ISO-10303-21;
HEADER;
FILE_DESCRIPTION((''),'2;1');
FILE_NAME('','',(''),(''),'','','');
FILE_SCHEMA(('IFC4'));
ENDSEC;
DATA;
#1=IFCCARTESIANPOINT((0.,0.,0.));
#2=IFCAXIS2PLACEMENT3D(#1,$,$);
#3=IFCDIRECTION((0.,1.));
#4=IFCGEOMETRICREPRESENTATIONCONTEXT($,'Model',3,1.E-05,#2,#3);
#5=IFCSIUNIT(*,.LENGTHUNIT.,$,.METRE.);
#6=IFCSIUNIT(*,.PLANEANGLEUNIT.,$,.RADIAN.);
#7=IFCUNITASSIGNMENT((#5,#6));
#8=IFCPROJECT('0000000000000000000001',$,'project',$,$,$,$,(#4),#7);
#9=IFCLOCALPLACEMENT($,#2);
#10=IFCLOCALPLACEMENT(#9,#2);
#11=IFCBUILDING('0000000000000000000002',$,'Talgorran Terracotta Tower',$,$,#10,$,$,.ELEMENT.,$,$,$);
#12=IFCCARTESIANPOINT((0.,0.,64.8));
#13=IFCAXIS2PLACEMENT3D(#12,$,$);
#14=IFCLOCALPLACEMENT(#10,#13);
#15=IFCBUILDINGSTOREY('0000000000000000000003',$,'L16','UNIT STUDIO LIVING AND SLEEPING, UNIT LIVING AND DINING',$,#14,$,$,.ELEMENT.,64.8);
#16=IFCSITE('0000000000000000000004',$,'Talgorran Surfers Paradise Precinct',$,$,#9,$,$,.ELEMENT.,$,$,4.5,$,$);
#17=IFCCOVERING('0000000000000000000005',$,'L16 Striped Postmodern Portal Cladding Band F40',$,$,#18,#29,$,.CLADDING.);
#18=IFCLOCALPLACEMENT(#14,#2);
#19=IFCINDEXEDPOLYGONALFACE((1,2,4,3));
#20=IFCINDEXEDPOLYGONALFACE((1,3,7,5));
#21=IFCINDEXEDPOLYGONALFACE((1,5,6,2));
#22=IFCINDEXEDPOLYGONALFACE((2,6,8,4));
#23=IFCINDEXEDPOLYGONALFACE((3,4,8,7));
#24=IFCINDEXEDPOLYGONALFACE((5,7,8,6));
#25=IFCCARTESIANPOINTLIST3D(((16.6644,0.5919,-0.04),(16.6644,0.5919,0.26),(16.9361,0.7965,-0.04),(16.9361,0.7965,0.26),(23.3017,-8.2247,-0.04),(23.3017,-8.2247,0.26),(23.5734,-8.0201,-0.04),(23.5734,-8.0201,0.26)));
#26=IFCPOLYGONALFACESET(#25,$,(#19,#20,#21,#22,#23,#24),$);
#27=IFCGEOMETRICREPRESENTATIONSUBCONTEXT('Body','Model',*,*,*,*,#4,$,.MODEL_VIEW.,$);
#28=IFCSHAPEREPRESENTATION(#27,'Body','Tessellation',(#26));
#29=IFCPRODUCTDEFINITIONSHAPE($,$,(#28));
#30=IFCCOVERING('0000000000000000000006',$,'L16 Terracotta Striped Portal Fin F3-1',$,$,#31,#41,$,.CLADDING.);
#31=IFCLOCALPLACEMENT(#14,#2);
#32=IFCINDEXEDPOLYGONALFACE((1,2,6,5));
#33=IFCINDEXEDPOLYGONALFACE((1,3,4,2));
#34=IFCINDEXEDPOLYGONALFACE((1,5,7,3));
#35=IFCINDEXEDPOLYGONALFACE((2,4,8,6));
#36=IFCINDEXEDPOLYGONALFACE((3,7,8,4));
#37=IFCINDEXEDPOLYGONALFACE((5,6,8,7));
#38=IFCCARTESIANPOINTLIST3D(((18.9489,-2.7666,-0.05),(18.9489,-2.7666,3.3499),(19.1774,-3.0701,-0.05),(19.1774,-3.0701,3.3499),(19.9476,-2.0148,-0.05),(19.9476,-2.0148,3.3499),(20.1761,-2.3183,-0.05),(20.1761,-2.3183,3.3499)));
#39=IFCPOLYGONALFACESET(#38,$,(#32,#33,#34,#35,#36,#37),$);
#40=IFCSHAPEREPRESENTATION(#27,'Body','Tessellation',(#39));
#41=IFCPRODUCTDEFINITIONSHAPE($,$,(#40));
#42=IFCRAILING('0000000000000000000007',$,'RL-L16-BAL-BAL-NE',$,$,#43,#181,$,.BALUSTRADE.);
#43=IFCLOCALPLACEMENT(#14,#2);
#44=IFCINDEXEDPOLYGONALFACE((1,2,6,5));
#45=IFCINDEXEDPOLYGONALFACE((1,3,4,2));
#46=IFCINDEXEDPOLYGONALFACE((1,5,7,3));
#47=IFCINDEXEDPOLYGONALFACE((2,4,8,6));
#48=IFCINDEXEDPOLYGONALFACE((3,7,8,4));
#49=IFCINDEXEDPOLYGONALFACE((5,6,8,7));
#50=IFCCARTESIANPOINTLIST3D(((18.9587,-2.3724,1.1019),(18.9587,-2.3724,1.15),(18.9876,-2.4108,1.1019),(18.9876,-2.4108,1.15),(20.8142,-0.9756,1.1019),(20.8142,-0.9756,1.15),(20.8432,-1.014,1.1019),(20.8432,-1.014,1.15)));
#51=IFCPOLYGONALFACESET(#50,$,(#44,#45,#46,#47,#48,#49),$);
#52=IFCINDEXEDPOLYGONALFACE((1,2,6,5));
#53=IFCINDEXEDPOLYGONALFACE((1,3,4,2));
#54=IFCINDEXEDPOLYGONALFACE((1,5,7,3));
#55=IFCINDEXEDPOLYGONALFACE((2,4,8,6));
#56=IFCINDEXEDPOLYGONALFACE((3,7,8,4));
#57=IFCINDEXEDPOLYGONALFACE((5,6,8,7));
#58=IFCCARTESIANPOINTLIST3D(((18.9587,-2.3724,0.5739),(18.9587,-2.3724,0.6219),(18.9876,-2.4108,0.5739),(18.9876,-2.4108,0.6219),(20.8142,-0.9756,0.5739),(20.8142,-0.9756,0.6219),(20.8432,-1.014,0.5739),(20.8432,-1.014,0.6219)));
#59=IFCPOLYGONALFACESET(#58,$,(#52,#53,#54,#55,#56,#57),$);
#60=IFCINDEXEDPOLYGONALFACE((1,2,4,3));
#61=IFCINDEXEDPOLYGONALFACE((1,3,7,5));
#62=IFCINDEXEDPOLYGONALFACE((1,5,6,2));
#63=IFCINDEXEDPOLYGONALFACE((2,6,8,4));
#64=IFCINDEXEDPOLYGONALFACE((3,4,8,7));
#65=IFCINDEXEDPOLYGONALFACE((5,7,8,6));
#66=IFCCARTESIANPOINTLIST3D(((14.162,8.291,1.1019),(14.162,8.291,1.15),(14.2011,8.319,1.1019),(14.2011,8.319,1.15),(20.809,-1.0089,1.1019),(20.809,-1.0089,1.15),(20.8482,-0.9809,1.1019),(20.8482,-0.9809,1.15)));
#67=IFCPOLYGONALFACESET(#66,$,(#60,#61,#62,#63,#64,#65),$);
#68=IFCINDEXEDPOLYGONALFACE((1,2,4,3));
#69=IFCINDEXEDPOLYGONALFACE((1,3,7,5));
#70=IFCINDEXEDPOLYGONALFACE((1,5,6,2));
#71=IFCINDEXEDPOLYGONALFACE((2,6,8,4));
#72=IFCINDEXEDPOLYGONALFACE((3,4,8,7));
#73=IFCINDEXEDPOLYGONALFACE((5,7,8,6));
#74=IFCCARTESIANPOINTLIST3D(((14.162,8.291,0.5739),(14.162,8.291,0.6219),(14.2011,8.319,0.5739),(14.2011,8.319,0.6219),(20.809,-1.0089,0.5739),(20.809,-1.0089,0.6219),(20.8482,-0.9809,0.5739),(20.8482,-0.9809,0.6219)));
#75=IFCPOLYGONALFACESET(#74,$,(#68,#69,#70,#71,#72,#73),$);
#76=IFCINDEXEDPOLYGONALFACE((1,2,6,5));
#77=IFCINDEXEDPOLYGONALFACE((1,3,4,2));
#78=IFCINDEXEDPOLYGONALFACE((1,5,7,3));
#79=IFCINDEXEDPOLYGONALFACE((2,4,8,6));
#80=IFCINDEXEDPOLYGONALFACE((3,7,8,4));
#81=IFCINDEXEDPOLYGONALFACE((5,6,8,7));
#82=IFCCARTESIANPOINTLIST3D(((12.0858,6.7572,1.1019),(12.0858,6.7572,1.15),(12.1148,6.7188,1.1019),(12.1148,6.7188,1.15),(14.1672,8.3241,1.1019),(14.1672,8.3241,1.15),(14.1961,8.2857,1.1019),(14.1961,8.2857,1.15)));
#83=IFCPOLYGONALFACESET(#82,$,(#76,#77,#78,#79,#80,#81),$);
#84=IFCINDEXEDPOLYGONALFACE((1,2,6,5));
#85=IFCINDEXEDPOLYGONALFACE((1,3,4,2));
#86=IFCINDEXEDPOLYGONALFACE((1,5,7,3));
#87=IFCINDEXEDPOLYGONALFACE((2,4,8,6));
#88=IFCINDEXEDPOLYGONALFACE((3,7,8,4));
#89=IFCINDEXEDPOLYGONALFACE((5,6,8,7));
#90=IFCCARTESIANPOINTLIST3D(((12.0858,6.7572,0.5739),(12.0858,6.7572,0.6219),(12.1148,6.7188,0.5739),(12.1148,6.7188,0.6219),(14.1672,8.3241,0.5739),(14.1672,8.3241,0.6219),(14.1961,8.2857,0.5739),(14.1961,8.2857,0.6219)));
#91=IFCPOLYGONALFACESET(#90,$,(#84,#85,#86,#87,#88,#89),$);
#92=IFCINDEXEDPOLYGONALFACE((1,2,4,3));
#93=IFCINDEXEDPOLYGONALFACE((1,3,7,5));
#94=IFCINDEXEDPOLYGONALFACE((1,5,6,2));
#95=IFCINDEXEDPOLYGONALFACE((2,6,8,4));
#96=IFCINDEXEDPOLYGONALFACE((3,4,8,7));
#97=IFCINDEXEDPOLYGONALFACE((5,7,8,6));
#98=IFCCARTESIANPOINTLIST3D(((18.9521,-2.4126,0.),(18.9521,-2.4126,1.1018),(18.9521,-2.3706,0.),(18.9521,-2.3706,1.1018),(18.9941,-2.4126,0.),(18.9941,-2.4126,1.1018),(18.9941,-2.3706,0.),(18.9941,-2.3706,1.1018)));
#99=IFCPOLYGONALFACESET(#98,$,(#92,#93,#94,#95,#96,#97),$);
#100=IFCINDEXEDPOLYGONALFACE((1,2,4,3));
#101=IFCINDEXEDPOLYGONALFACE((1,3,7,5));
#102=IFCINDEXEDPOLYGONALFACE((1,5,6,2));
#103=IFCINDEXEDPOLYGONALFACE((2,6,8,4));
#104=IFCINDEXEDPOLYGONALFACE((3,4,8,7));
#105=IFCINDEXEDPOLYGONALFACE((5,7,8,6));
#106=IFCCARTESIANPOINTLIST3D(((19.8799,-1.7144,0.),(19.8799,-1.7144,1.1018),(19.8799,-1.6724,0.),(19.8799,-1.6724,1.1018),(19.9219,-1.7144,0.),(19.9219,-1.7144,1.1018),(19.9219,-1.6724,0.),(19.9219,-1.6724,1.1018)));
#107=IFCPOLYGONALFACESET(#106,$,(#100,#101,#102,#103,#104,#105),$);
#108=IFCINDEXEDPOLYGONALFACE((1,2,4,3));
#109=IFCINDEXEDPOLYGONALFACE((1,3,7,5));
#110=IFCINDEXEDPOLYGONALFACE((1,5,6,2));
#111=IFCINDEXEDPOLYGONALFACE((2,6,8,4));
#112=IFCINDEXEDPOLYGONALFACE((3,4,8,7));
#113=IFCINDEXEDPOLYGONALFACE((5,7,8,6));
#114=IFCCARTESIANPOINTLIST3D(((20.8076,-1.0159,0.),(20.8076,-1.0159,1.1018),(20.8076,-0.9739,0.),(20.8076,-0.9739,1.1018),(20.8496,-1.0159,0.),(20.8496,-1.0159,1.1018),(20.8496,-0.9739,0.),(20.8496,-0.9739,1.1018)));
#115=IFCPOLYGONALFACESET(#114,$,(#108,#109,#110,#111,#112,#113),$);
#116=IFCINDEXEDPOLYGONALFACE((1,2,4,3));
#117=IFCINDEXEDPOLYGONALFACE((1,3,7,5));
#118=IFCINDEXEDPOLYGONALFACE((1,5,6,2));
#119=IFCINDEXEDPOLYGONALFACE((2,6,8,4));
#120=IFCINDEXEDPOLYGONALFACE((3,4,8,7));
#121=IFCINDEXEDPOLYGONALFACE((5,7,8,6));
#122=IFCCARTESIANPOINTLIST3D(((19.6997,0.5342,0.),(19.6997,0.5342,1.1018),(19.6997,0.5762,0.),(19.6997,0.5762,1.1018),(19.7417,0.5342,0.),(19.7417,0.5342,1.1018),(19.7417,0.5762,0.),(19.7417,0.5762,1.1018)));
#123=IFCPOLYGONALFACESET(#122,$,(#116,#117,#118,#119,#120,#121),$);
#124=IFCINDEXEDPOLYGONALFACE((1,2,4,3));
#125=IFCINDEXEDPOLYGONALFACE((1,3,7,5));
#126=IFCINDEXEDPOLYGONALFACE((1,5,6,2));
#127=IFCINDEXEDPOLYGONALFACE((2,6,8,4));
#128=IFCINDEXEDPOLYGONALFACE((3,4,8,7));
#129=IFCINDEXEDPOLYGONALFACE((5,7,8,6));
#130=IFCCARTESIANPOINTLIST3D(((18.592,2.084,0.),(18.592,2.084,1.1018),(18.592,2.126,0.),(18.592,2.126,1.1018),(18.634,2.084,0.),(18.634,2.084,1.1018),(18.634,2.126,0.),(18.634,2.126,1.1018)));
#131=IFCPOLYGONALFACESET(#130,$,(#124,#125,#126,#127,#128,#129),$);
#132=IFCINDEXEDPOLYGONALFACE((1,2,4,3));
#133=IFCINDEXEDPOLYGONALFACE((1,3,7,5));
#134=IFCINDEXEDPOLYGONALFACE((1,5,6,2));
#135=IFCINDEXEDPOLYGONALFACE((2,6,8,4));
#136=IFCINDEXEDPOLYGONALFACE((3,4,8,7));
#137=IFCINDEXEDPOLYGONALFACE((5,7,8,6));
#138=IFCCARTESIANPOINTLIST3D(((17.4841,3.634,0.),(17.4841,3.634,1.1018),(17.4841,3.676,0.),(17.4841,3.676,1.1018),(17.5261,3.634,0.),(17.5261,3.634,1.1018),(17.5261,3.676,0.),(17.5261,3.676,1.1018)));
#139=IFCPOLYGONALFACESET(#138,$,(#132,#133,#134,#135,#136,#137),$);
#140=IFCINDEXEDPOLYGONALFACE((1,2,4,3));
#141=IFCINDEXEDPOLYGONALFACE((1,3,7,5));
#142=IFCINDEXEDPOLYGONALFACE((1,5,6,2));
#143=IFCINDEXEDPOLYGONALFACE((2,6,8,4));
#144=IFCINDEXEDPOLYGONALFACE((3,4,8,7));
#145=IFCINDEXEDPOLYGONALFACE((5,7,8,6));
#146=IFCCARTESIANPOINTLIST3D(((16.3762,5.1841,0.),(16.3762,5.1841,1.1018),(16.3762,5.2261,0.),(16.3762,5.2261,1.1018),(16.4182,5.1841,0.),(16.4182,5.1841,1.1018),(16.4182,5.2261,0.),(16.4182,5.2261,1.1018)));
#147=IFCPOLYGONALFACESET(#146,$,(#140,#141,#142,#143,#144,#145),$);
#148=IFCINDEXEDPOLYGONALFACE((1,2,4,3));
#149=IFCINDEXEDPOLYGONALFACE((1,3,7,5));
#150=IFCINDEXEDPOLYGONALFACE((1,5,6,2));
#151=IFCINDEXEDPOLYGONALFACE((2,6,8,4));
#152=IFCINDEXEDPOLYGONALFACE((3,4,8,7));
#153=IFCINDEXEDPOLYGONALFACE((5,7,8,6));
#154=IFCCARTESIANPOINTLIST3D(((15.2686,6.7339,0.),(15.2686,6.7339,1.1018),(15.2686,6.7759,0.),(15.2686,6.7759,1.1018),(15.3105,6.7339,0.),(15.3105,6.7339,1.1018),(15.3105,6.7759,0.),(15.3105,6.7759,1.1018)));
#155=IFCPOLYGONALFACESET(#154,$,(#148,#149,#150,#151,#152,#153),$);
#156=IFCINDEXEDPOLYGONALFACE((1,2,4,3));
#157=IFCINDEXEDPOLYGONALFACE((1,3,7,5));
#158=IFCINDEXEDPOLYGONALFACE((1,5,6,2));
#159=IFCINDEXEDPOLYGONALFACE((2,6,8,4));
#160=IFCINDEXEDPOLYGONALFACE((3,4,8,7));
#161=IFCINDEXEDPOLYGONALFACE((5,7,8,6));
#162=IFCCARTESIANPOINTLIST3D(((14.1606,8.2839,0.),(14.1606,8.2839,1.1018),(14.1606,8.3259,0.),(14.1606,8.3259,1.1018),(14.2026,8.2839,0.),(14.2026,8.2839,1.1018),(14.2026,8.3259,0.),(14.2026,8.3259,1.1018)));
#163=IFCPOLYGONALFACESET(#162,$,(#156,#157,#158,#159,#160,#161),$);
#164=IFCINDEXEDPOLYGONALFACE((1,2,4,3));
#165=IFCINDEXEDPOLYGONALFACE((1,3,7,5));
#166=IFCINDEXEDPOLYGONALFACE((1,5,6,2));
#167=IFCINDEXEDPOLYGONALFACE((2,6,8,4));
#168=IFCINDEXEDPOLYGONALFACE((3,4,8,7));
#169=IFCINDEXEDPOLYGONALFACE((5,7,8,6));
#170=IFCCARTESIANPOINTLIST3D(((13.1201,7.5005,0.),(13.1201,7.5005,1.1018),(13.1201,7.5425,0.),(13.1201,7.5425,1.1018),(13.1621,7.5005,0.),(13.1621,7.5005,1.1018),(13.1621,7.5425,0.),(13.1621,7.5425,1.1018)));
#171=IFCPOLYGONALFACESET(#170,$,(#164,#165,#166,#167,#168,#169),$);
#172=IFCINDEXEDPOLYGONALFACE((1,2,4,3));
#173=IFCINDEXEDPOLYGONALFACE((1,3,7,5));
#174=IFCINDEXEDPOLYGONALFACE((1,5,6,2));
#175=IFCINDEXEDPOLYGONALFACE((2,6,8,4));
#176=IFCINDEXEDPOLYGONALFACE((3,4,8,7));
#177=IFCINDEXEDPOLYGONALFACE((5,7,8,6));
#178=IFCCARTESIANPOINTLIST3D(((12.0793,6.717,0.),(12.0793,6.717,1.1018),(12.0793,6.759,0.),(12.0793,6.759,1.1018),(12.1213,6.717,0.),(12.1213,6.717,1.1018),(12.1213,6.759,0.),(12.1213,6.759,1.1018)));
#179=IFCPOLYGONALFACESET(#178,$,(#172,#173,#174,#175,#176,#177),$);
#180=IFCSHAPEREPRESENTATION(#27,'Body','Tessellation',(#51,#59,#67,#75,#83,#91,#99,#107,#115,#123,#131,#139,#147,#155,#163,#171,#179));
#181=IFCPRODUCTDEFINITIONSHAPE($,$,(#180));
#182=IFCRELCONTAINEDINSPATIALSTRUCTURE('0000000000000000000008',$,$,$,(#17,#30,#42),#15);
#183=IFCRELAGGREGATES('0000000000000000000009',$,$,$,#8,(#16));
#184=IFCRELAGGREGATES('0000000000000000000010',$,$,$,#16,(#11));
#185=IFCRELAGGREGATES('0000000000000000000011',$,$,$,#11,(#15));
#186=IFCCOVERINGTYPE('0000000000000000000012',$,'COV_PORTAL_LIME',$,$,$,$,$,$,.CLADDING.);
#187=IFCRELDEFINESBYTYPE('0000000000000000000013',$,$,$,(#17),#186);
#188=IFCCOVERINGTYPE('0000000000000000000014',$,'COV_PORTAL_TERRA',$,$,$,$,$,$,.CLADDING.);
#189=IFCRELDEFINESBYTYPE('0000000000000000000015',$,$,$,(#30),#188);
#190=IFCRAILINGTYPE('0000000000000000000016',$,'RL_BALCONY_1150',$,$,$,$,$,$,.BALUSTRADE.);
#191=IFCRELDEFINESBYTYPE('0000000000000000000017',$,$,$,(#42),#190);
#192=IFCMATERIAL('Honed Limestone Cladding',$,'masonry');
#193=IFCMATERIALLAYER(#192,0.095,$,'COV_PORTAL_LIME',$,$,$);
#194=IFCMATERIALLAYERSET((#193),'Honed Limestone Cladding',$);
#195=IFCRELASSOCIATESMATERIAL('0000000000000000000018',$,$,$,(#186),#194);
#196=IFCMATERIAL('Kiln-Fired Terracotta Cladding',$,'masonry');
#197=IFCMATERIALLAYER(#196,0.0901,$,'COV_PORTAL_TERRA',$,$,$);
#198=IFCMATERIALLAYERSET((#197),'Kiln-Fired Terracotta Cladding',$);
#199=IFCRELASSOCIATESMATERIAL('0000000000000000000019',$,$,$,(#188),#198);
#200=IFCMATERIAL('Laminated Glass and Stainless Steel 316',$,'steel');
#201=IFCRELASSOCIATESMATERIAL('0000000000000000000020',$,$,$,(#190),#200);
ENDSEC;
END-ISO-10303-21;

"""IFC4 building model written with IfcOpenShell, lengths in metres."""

from ifc_helpers import new_model, si_unit, direction, frame, origin, origin_2d, place, context, subcontext, project, spatial, rectangle, extrude, material, layer, layer_set, type_object, element, save


model = new_model("IFC4")

# Units and contexts
model_context = context("Model", 3, precision=1e-05, world=origin(), true_north=direction((0.0, 1.0)))
body_context = subcontext(model_context, "Body", "Model", "MODEL_VIEW")
ifc_project = project(units=[si_unit("LENGTHUNIT", "METRE"), si_unit("PLANEANGLEUNIT", "RADIAN")], contexts=[model_context])

# Site, building, storey
site_placement = place(None, origin())
site = spatial("IfcSite", under=ifc_project, at=site_placement, Name="Talgorran Surfers Paradise Precinct", CompositionType="ELEMENT", RefElevation=4.5)
building_placement = place(site_placement, origin())
building = spatial("IfcBuilding", under=site, at=building_placement, Name="Talgorran Terracotta Tower", CompositionType="ELEMENT")
storey_placement = place(building_placement, frame((0.0, 0.0, 64.8)))
storey = spatial("IfcBuildingStorey", under=building, at=storey_placement, Name="L16", Description="UNIT STUDIO LIVING AND SLEEPING, UNIT LIVING AND DINING", CompositionType="ELEMENT", Elevation=64.8)

# Coverings
ifc_material_1 = material(Name="Honed Limestone Cladding", Category="masonry")
ifc_layer_1 = layer(ifc_material_1, 0.095, Name="COV_PORTAL_LIME")
ifc_layer_set_1 = layer_set([ifc_layer_1], Name="Honed Limestone Cladding")
covering_type_1 = type_object("IfcCoveringType", Name="COV_PORTAL_LIME", PredefinedType="CLADDING", material=ifc_layer_set_1)
covering_1_placement = place(storey_placement, frame((20.1189, -3.7141, -0.04), z_axis=(0.0, 0.0, 1.0), x_axis=(-0.601439, 0.798919, 0.0)))
element("IfcCovering", 1, at=covering_1_placement, inside=storey, type_object=covering_type_1, Name="L16 Striped Postmodern Portal Cladding Band F40", PredefinedType="CLADDING", context=body_context, shape_type="SweptSolid", body=[
    extrude(rectangle(XDim=11.0356, YDim=0.3401, at=origin_2d()), origin(), (0.0, 0.0, 1.0), 0.3),
])
ifc_material_2 = material(Name="Kiln-Fired Terracotta Cladding", Category="masonry")
ifc_layer_2 = layer(ifc_material_2, 0.0901, Name="COV_PORTAL_TERRA")
ifc_layer_set_2 = layer_set([ifc_layer_2], Name="Kiln-Fired Terracotta Cladding")
covering_type_2 = type_object("IfcCoveringType", Name="COV_PORTAL_TERRA", PredefinedType="CLADDING", material=ifc_layer_set_2)
covering_2_placement = place(storey_placement, frame((19.5625, -2.5425, -0.05), z_axis=(0.0, 0.0, 1.0), x_axis=(-0.601439, 0.798919, 0.0)))
element("IfcCovering", 2, at=covering_2_placement, inside=storey, type_object=covering_type_2, Name="L16 Terracotta Striped Portal Fin F3-1", PredefinedType="CLADDING", context=body_context, shape_type="SweptSolid", body=[
    extrude(rectangle(XDim=0.3799, YDim=1.25, at=origin_2d()), origin(), (0.0, 0.0, 1.0), 3.3999),
])

# Railing
ifc_material_3 = material(Name="Laminated Glass and Stainless Steel 316", Category="steel")
railing_type = type_object("IfcRailingType", Name="RL_BALCONY_1150", PredefinedType="BALUSTRADE", material=ifc_material_3)
railing_placement = place(storey_placement, frame((18.9731, -2.3916, 0.0)))
element("IfcRailing", 3, at=railing_placement, inside=storey, type_object=railing_type, Name="RL-L16-BAL-BAL-NE", PredefinedType="BALUSTRADE", context=body_context, shape_type="SweptSolid", body=[
    extrude(rectangle(XDim=0.0481, YDim=0.0481, at=origin_2d()), frame((0.0, 0.0, 1.126), z_axis=(0.798939, 0.601412, 0.0), x_axis=(-0.601412, 0.798939, 0.0)), (0.0, 0.0, 1.0), 2.3225),
    extrude(rectangle(XDim=0.0481, YDim=0.0481, at=origin_2d()), frame((0.0, 0.0, 0.5979), z_axis=(0.798939, 0.601412, 0.0), x_axis=(-0.601412, 0.798939, 0.0)), (0.0, 0.0, 1.0), 2.3225),
    extrude(rectangle(XDim=0.0481, YDim=0.0481, at=origin_2d()), frame((1.8555, 1.3967, 1.126), z_axis=(-0.581485, 0.813557, 0.0), x_axis=(-0.813557, -0.581485, 0.0)), (0.0, 0.0, 1.0), 11.4312),
    extrude(rectangle(XDim=0.0481, YDim=0.0481, at=origin_2d()), frame((1.8555, 1.3967, 0.5979), z_axis=(-0.581485, 0.813557, 0.0), x_axis=(-0.813557, -0.581485, 0.0)), (0.0, 0.0, 1.0), 11.4312),
    extrude(rectangle(XDim=0.0481, YDim=0.0481, at=origin_2d()), frame((-4.7915, 10.6965, 1.126), z_axis=(-0.798908, -0.601453, 0.0), x_axis=(0.601453, -0.798908, 0.0)), (0.0, 0.0, 1.0), 2.6052),
    extrude(rectangle(XDim=0.0481, YDim=0.0481, at=origin_2d()), frame((-4.7915, 10.6965, 0.5979), z_axis=(-0.798908, -0.601453, 0.0), x_axis=(0.601453, -0.798908, 0.0)), (0.0, 0.0, 1.0), 2.6052),
    extrude(rectangle(XDim=0.042, YDim=0.042, at=origin_2d()), origin(), (0.0, 0.0, 1.0), 1.1018),
    extrude(rectangle(XDim=0.042, YDim=0.042, at=origin_2d()), frame((0.9277, 0.6982, 0.0)), (0.0, 0.0, 1.0), 1.1018),
    extrude(rectangle(XDim=0.042, YDim=0.042, at=origin_2d()), frame((1.8555, 1.3967, 0.0)), (0.0, 0.0, 1.0), 1.1018),
    extrude(rectangle(XDim=0.042, YDim=0.042, at=origin_2d()), frame((0.7476, 2.9468, 0.0)), (0.0, 0.0, 1.0), 1.1018),
    extrude(rectangle(XDim=0.042, YDim=0.042, at=origin_2d()), frame((-0.3601, 4.4966, 0.0)), (0.0, 0.0, 1.0), 1.1018),
    extrude(rectangle(XDim=0.042, YDim=0.042, at=origin_2d()), frame((-1.468, 6.0466, 0.0)), (0.0, 0.0, 1.0), 1.1018),
    extrude(rectangle(XDim=0.042, YDim=0.042, at=origin_2d()), frame((-2.5759, 7.5967, 0.0)), (0.0, 0.0, 1.0), 1.1018),
    extrude(rectangle(XDim=0.042, YDim=0.042, at=origin_2d()), frame((-3.6836, 9.1465, 0.0)), (0.0, 0.0, 1.0), 1.1018),
    extrude(rectangle(XDim=0.042, YDim=0.042, at=origin_2d()), frame((-4.7915, 10.6965, 0.0)), (0.0, 0.0, 1.0), 1.1018),
    extrude(rectangle(XDim=0.042, YDim=0.042, at=origin_2d()), frame((-5.832, 9.9131, 0.0)), (0.0, 0.0, 1.0), 1.1018),
    extrude(rectangle(XDim=0.042, YDim=0.042, at=origin_2d()), frame((-6.8728, 9.1296, 0.0)), (0.0, 0.0, 1.0), 1.1018),
])

save(model, "model.ifc")
